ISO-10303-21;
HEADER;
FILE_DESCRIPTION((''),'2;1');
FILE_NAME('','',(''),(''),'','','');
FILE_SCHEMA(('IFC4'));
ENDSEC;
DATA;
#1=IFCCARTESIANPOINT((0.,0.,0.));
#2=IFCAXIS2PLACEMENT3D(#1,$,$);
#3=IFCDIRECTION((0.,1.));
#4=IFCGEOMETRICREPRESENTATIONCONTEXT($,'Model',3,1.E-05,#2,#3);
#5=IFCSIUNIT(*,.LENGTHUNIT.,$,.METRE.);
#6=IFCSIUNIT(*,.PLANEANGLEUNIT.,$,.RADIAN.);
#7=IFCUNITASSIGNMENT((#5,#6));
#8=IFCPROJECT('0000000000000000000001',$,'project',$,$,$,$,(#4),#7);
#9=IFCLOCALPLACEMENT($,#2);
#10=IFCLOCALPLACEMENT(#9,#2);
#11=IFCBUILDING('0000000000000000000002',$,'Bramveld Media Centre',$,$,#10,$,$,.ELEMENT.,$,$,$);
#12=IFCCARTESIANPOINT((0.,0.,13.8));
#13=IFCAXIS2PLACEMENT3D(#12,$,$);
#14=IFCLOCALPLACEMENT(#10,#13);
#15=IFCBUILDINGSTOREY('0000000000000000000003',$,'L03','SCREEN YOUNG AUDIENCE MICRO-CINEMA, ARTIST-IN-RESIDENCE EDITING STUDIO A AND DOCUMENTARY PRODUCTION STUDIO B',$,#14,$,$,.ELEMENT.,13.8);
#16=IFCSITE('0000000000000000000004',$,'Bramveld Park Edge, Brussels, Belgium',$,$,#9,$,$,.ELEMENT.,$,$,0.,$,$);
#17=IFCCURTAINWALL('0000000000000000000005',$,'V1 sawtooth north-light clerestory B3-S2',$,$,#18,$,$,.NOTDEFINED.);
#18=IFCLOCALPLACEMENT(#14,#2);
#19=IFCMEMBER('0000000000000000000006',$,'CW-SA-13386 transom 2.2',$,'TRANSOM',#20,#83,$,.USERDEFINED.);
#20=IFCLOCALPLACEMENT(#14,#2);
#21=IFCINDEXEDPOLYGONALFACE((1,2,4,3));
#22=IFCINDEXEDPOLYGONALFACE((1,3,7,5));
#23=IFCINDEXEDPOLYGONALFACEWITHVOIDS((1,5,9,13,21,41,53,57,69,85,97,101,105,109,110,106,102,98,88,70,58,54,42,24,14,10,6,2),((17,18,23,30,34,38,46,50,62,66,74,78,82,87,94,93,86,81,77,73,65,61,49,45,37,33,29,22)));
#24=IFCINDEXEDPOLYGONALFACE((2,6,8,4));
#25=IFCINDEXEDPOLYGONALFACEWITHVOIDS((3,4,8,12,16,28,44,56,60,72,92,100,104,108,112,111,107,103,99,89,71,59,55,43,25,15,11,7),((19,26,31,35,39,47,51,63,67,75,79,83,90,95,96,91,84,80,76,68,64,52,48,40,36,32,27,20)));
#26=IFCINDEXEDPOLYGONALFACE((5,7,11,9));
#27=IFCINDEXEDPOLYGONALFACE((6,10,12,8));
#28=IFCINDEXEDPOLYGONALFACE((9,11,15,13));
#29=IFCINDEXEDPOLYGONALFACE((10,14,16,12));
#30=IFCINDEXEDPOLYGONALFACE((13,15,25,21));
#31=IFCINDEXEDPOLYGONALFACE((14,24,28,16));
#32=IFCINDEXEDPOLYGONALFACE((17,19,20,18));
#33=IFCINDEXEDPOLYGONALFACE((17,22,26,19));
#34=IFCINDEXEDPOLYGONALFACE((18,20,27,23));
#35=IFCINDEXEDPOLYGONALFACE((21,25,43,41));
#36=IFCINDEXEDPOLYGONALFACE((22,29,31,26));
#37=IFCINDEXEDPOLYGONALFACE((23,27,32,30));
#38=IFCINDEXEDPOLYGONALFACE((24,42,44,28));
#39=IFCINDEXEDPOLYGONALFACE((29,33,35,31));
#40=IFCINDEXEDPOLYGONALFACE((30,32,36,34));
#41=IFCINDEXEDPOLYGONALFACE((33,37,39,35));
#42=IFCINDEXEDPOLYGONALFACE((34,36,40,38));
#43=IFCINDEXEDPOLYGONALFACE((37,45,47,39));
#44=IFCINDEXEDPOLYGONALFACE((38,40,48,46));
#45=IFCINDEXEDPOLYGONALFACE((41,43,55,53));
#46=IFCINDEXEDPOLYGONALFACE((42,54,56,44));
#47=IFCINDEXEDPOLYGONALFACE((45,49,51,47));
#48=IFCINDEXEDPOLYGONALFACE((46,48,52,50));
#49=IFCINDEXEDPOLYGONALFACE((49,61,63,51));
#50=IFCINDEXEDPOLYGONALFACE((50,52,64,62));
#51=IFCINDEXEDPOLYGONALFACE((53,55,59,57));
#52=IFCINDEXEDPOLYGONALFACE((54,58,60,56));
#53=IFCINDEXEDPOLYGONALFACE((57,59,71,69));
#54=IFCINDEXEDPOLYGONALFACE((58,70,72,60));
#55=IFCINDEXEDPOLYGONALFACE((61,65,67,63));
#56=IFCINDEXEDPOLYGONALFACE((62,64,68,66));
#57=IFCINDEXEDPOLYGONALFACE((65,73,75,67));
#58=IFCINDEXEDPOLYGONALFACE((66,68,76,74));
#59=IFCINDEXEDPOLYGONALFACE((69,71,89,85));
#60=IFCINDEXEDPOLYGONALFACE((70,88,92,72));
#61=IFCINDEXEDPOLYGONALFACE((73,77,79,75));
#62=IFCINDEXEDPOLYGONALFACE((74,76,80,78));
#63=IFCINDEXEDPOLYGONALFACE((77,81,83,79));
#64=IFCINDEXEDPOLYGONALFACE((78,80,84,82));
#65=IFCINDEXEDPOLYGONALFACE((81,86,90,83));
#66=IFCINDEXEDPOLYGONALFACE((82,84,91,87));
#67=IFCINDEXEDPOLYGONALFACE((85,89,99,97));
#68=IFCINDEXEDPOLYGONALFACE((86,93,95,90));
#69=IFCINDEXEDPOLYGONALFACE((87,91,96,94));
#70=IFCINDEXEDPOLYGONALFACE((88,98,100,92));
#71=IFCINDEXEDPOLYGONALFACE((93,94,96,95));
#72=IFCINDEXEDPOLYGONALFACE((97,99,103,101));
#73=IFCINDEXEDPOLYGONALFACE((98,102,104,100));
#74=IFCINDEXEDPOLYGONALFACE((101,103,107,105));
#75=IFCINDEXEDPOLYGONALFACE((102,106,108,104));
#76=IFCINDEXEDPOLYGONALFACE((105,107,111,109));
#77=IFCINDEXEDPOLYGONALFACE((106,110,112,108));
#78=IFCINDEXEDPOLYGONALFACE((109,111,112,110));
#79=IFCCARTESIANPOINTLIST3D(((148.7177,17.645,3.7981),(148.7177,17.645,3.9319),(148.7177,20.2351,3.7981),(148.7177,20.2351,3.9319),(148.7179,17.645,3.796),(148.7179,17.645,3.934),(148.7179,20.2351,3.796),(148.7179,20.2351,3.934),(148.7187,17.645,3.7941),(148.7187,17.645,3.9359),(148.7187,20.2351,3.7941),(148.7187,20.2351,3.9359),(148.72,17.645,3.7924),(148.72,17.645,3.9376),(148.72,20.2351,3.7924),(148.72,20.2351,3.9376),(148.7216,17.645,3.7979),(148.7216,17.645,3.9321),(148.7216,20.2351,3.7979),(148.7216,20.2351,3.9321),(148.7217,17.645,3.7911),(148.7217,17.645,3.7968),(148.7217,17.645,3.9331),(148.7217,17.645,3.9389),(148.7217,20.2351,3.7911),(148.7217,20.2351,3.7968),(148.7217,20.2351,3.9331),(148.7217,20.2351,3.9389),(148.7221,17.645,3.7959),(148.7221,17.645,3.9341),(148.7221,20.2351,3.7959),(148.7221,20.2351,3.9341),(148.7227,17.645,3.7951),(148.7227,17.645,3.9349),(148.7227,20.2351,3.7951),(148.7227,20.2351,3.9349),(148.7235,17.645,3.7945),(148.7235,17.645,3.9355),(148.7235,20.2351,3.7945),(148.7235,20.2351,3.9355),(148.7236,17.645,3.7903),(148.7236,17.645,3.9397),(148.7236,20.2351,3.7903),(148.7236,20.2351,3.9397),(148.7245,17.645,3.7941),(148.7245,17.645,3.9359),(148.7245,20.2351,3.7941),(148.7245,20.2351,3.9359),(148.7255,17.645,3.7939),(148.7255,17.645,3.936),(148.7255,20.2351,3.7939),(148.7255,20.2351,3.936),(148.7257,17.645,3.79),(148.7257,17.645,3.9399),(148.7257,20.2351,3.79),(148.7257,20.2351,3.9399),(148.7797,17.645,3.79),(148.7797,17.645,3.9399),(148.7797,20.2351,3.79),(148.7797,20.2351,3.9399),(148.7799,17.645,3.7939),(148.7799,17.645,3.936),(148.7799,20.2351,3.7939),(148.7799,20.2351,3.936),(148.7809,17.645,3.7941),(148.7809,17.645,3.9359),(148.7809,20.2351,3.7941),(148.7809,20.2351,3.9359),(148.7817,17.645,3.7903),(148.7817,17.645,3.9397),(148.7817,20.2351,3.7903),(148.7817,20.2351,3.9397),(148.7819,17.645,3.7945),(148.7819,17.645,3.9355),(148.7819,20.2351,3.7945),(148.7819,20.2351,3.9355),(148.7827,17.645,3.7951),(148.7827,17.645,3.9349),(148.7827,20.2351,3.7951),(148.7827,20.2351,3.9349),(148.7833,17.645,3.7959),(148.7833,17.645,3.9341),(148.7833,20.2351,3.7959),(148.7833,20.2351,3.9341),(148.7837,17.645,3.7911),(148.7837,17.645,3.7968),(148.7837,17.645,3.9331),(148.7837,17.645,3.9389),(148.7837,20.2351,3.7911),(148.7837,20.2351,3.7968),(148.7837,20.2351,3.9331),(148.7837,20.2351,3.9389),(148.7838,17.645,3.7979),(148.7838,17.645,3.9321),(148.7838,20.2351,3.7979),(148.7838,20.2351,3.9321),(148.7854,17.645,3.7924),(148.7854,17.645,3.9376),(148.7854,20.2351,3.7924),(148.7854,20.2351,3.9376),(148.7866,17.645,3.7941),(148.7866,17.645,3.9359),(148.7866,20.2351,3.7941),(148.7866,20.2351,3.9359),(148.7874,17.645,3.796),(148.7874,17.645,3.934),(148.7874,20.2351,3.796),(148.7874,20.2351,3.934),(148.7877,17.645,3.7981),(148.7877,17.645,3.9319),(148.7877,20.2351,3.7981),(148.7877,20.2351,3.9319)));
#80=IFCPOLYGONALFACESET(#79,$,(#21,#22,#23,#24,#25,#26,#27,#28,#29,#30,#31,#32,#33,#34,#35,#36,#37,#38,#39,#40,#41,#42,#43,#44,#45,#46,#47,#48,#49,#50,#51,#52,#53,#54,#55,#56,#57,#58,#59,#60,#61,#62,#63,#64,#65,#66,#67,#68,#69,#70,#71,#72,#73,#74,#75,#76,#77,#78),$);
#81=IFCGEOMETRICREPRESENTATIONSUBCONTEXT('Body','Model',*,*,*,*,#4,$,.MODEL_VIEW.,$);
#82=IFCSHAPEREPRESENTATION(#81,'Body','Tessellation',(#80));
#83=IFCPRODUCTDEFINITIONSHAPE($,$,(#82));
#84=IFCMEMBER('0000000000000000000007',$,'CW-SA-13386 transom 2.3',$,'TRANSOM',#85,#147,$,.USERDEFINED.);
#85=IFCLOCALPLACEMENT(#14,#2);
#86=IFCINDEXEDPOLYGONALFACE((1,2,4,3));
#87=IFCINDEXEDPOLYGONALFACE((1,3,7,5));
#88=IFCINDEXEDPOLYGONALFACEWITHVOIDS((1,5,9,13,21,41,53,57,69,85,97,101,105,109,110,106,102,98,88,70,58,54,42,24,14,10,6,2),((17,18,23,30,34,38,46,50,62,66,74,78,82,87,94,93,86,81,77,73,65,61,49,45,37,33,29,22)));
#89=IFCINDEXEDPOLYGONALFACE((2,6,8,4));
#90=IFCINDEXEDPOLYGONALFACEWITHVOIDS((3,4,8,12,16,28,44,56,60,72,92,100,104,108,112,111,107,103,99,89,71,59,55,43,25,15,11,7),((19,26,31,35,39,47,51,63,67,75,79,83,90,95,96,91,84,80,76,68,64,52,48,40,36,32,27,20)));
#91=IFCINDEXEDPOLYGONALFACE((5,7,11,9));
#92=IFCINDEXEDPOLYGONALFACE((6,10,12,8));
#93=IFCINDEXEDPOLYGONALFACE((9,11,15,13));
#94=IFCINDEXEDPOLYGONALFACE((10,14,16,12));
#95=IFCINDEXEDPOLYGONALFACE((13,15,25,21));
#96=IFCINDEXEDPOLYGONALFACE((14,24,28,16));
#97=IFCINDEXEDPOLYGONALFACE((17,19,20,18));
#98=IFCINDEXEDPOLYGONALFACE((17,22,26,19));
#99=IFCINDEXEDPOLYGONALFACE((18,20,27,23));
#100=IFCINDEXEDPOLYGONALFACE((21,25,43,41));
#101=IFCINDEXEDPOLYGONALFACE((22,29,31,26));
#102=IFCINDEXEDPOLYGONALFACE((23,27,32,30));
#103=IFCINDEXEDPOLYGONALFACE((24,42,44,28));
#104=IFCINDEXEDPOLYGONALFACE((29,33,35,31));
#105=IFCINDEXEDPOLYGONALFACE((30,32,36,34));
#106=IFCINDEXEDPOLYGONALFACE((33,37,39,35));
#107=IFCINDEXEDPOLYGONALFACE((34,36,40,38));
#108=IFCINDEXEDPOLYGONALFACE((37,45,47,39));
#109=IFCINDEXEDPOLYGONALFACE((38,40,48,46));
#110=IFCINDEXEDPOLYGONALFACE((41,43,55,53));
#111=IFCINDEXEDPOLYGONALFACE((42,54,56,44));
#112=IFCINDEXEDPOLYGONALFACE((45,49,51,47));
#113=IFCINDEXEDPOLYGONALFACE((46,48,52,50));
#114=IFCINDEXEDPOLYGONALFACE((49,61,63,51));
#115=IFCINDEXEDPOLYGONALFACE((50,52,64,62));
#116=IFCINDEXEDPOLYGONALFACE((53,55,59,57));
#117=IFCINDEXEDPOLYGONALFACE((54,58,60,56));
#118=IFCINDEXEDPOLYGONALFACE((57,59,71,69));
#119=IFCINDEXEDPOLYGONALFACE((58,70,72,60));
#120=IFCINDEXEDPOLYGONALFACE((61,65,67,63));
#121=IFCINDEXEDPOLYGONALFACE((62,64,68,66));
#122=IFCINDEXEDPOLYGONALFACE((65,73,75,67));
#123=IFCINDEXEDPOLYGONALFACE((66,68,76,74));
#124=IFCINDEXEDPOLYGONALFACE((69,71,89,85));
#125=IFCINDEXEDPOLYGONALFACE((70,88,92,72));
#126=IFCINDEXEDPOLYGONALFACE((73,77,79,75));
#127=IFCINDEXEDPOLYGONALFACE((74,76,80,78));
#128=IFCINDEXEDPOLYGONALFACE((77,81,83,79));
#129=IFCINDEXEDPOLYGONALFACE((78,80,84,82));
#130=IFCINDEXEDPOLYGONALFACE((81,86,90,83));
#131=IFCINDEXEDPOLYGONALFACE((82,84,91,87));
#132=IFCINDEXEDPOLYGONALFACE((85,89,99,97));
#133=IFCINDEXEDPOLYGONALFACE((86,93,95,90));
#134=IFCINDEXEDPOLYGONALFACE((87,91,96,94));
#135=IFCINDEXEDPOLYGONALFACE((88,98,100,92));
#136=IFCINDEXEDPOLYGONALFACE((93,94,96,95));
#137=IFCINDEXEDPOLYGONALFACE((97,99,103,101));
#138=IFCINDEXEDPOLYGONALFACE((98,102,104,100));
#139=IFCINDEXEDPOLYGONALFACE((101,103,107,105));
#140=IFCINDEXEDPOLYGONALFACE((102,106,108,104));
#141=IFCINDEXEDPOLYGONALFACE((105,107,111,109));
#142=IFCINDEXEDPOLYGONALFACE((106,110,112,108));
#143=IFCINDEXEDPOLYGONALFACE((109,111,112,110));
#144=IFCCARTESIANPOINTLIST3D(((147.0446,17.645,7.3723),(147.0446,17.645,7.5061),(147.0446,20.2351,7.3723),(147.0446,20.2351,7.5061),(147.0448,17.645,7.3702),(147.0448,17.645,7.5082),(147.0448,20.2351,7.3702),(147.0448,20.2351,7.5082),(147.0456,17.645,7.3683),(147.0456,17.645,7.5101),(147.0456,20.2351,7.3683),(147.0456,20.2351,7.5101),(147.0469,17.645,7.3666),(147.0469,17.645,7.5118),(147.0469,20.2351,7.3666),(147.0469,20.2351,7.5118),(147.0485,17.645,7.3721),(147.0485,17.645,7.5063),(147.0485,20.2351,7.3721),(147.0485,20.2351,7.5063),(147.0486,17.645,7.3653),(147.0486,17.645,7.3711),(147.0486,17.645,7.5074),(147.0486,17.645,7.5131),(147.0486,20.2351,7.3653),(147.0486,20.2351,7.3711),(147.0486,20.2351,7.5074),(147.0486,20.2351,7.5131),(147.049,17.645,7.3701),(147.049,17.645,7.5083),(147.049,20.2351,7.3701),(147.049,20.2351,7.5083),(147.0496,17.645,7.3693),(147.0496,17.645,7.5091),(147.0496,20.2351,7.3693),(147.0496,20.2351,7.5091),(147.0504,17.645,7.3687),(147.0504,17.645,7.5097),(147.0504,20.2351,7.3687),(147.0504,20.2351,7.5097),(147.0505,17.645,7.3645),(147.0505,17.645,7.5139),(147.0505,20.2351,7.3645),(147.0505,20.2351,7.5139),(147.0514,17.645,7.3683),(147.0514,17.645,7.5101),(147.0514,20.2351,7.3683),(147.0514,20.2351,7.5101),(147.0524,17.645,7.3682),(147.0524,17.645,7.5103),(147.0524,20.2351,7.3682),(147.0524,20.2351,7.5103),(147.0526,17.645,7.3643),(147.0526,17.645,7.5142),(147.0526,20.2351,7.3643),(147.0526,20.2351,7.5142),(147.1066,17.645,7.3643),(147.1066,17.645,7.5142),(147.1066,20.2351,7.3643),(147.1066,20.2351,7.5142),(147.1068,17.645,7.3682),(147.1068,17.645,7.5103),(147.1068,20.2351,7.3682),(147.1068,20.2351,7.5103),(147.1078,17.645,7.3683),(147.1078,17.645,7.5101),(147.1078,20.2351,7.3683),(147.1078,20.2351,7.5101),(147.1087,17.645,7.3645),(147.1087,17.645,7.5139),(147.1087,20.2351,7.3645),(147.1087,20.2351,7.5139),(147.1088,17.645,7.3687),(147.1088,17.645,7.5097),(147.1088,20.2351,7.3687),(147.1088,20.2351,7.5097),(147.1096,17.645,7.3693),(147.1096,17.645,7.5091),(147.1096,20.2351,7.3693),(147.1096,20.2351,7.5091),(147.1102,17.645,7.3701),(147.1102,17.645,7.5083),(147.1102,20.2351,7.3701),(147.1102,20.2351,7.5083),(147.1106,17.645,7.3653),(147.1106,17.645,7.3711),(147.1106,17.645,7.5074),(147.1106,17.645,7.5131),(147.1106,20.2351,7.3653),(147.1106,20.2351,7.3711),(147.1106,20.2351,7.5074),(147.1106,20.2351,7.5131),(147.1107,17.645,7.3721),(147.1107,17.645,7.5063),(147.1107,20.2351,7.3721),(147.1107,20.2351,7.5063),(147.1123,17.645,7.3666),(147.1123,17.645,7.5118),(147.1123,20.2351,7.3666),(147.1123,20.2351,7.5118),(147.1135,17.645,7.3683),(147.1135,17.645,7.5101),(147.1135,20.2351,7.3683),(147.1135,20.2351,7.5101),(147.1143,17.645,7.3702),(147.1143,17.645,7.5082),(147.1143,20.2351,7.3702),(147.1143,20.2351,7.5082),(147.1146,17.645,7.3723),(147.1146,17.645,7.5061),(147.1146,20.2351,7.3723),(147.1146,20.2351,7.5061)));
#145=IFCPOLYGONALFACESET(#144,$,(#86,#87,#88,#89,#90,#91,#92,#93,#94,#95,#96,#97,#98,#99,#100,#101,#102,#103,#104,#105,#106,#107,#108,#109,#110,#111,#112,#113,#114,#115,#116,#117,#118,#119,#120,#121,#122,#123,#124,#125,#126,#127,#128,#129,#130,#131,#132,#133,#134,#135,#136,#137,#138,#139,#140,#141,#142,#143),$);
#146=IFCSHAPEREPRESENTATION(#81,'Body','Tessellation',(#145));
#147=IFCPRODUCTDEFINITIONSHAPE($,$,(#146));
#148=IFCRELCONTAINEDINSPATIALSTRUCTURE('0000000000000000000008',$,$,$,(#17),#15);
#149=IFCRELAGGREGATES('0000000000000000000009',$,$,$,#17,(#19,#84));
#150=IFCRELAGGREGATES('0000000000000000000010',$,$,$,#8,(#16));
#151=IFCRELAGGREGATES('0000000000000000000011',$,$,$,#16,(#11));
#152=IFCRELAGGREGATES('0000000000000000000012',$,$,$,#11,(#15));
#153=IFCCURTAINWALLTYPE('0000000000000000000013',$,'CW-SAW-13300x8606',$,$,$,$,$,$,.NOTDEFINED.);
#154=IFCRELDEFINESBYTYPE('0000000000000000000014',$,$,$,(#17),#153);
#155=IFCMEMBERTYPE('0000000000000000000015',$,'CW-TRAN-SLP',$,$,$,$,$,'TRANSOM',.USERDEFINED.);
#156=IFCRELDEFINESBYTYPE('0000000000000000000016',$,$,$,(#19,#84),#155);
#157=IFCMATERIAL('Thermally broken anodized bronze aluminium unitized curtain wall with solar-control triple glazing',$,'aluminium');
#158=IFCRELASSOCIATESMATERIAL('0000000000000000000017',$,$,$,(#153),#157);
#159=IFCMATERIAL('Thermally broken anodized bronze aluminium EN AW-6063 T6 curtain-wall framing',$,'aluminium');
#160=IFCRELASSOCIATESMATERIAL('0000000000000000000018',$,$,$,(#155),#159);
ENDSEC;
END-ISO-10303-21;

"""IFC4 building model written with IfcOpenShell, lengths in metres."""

from ifc_helpers import new_model, si_unit, direction, frame, origin, origin_2d, place, context, subcontext, project, spatial, hollow_rectangle, extrude, material, material_profile, profile_set, type_object, element, aggregate, save


model = new_model("IFC4")

# Units and contexts
model_context = context("Model", 3, precision=1e-05, world=origin(), true_north=direction((0.0, 1.0)))
body_context = subcontext(model_context, "Body", "Model", "MODEL_VIEW")
ifc_project = project(units=[si_unit("LENGTHUNIT", "METRE"), si_unit("PLANEANGLEUNIT", "RADIAN")], contexts=[model_context])

# Site, building, storey
site_placement = place(None, origin())
site = spatial("IfcSite", under=ifc_project, at=site_placement, Name="Bramveld Park Edge, Brussels, Belgium", CompositionType="ELEMENT", RefElevation=0.0)
building_placement = place(site_placement, origin())
building = spatial("IfcBuilding", under=site, at=building_placement, Name="Bramveld Media Centre", CompositionType="ELEMENT")
storey_placement = place(building_placement, frame((0.0, 0.0, 13.8)))
storey = spatial("IfcBuildingStorey", under=building, at=storey_placement, Name="L03", Description="SCREEN YOUNG AUDIENCE MICRO-CINEMA, ARTIST-IN-RESIDENCE EDITING STUDIO A AND DOCUMENTARY PRODUCTION STUDIO B", CompositionType="ELEMENT", Elevation=13.8)

# Curtain wall
ifc_material_1 = material(Name="Thermally broken anodized bronze aluminium unitized curtain wall with solar-control triple glazing", Category="aluminium")
curtain_wall_type = type_object("IfcCurtainWallType", Name="CW-SAW-13300x8606", PredefinedType="NOTDEFINED", material=ifc_material_1)
curtain_wall_1_placement = place(storey_placement, origin())
curtain_wall_1 = element("IfcCurtainWall", 1, at=curtain_wall_1_placement, inside=storey, type_object=curtain_wall_type, Name="V1 sawtooth north-light clerestory B3-S2", PredefinedType="NOTDEFINED")

# Members
ifc_material_2 = material(Name="Thermally broken anodized bronze aluminium EN AW-6063 T6 curtain-wall framing", Category="aluminium")
ifc_material_profile_1 = material_profile(ifc_material_2, hollow_rectangle(XDim=0.0701, YDim=0.1499, WallThickness=0.0039, InnerFilletRadius=0.0039, OuterFilletRadius=0.0081, at=origin_2d()), Name="AL-TRAN 70x150")
ifc_profile_set_1 = profile_set([ifc_material_profile_1], Name="Thermally broken anodized bronze aluminium EN AW-6063 T6 curtain-wall framing")
member_type_1 = type_object("IfcMemberType", Name="CW-TRAN-SLP", ElementType="TRANSOM", PredefinedType="USERDEFINED", material=ifc_profile_set_1)
member_1_placement = place(storey_placement, frame((148.7527, 17.645, 3.865), z_axis=(0.0, 1.0, 0.0), x_axis=(-1.0, 0.0, 0.0)))
member_1 = element("IfcMember", 2, at=member_1_placement, type_object=member_type_1, Name="CW-SA-13386 transom 2.2", ObjectType="TRANSOM", PredefinedType="USERDEFINED", context=body_context, shape_type="SweptSolid", body=[
    extrude(hollow_rectangle(XDim=0.0701, YDim=0.1499, WallThickness=0.0039, InnerFilletRadius=0.0039, OuterFilletRadius=0.0081, at=origin_2d()), origin(), (0.0, 0.0, 1.0), 2.5901),
])
member_2_placement = place(storey_placement, frame((147.0796, 17.645, 7.4392), z_axis=(0.0, 1.0, 0.0), x_axis=(-1.0, 0.0, 0.0)))
member_2 = element("IfcMember", 3, at=member_2_placement, type_object=member_type_1, Name="CW-SA-13386 transom 2.3", ObjectType="TRANSOM", PredefinedType="USERDEFINED", context=body_context, shape_type="SweptSolid", body=[
    extrude(hollow_rectangle(XDim=0.0701, YDim=0.1499, WallThickness=0.0039, InnerFilletRadius=0.0039, OuterFilletRadius=0.0081, at=origin_2d()), origin(), (0.0, 0.0, 1.0), 2.5901),
])

aggregate(curtain_wall_1, [member_1, member_2])

save(model, "model.ifc")
